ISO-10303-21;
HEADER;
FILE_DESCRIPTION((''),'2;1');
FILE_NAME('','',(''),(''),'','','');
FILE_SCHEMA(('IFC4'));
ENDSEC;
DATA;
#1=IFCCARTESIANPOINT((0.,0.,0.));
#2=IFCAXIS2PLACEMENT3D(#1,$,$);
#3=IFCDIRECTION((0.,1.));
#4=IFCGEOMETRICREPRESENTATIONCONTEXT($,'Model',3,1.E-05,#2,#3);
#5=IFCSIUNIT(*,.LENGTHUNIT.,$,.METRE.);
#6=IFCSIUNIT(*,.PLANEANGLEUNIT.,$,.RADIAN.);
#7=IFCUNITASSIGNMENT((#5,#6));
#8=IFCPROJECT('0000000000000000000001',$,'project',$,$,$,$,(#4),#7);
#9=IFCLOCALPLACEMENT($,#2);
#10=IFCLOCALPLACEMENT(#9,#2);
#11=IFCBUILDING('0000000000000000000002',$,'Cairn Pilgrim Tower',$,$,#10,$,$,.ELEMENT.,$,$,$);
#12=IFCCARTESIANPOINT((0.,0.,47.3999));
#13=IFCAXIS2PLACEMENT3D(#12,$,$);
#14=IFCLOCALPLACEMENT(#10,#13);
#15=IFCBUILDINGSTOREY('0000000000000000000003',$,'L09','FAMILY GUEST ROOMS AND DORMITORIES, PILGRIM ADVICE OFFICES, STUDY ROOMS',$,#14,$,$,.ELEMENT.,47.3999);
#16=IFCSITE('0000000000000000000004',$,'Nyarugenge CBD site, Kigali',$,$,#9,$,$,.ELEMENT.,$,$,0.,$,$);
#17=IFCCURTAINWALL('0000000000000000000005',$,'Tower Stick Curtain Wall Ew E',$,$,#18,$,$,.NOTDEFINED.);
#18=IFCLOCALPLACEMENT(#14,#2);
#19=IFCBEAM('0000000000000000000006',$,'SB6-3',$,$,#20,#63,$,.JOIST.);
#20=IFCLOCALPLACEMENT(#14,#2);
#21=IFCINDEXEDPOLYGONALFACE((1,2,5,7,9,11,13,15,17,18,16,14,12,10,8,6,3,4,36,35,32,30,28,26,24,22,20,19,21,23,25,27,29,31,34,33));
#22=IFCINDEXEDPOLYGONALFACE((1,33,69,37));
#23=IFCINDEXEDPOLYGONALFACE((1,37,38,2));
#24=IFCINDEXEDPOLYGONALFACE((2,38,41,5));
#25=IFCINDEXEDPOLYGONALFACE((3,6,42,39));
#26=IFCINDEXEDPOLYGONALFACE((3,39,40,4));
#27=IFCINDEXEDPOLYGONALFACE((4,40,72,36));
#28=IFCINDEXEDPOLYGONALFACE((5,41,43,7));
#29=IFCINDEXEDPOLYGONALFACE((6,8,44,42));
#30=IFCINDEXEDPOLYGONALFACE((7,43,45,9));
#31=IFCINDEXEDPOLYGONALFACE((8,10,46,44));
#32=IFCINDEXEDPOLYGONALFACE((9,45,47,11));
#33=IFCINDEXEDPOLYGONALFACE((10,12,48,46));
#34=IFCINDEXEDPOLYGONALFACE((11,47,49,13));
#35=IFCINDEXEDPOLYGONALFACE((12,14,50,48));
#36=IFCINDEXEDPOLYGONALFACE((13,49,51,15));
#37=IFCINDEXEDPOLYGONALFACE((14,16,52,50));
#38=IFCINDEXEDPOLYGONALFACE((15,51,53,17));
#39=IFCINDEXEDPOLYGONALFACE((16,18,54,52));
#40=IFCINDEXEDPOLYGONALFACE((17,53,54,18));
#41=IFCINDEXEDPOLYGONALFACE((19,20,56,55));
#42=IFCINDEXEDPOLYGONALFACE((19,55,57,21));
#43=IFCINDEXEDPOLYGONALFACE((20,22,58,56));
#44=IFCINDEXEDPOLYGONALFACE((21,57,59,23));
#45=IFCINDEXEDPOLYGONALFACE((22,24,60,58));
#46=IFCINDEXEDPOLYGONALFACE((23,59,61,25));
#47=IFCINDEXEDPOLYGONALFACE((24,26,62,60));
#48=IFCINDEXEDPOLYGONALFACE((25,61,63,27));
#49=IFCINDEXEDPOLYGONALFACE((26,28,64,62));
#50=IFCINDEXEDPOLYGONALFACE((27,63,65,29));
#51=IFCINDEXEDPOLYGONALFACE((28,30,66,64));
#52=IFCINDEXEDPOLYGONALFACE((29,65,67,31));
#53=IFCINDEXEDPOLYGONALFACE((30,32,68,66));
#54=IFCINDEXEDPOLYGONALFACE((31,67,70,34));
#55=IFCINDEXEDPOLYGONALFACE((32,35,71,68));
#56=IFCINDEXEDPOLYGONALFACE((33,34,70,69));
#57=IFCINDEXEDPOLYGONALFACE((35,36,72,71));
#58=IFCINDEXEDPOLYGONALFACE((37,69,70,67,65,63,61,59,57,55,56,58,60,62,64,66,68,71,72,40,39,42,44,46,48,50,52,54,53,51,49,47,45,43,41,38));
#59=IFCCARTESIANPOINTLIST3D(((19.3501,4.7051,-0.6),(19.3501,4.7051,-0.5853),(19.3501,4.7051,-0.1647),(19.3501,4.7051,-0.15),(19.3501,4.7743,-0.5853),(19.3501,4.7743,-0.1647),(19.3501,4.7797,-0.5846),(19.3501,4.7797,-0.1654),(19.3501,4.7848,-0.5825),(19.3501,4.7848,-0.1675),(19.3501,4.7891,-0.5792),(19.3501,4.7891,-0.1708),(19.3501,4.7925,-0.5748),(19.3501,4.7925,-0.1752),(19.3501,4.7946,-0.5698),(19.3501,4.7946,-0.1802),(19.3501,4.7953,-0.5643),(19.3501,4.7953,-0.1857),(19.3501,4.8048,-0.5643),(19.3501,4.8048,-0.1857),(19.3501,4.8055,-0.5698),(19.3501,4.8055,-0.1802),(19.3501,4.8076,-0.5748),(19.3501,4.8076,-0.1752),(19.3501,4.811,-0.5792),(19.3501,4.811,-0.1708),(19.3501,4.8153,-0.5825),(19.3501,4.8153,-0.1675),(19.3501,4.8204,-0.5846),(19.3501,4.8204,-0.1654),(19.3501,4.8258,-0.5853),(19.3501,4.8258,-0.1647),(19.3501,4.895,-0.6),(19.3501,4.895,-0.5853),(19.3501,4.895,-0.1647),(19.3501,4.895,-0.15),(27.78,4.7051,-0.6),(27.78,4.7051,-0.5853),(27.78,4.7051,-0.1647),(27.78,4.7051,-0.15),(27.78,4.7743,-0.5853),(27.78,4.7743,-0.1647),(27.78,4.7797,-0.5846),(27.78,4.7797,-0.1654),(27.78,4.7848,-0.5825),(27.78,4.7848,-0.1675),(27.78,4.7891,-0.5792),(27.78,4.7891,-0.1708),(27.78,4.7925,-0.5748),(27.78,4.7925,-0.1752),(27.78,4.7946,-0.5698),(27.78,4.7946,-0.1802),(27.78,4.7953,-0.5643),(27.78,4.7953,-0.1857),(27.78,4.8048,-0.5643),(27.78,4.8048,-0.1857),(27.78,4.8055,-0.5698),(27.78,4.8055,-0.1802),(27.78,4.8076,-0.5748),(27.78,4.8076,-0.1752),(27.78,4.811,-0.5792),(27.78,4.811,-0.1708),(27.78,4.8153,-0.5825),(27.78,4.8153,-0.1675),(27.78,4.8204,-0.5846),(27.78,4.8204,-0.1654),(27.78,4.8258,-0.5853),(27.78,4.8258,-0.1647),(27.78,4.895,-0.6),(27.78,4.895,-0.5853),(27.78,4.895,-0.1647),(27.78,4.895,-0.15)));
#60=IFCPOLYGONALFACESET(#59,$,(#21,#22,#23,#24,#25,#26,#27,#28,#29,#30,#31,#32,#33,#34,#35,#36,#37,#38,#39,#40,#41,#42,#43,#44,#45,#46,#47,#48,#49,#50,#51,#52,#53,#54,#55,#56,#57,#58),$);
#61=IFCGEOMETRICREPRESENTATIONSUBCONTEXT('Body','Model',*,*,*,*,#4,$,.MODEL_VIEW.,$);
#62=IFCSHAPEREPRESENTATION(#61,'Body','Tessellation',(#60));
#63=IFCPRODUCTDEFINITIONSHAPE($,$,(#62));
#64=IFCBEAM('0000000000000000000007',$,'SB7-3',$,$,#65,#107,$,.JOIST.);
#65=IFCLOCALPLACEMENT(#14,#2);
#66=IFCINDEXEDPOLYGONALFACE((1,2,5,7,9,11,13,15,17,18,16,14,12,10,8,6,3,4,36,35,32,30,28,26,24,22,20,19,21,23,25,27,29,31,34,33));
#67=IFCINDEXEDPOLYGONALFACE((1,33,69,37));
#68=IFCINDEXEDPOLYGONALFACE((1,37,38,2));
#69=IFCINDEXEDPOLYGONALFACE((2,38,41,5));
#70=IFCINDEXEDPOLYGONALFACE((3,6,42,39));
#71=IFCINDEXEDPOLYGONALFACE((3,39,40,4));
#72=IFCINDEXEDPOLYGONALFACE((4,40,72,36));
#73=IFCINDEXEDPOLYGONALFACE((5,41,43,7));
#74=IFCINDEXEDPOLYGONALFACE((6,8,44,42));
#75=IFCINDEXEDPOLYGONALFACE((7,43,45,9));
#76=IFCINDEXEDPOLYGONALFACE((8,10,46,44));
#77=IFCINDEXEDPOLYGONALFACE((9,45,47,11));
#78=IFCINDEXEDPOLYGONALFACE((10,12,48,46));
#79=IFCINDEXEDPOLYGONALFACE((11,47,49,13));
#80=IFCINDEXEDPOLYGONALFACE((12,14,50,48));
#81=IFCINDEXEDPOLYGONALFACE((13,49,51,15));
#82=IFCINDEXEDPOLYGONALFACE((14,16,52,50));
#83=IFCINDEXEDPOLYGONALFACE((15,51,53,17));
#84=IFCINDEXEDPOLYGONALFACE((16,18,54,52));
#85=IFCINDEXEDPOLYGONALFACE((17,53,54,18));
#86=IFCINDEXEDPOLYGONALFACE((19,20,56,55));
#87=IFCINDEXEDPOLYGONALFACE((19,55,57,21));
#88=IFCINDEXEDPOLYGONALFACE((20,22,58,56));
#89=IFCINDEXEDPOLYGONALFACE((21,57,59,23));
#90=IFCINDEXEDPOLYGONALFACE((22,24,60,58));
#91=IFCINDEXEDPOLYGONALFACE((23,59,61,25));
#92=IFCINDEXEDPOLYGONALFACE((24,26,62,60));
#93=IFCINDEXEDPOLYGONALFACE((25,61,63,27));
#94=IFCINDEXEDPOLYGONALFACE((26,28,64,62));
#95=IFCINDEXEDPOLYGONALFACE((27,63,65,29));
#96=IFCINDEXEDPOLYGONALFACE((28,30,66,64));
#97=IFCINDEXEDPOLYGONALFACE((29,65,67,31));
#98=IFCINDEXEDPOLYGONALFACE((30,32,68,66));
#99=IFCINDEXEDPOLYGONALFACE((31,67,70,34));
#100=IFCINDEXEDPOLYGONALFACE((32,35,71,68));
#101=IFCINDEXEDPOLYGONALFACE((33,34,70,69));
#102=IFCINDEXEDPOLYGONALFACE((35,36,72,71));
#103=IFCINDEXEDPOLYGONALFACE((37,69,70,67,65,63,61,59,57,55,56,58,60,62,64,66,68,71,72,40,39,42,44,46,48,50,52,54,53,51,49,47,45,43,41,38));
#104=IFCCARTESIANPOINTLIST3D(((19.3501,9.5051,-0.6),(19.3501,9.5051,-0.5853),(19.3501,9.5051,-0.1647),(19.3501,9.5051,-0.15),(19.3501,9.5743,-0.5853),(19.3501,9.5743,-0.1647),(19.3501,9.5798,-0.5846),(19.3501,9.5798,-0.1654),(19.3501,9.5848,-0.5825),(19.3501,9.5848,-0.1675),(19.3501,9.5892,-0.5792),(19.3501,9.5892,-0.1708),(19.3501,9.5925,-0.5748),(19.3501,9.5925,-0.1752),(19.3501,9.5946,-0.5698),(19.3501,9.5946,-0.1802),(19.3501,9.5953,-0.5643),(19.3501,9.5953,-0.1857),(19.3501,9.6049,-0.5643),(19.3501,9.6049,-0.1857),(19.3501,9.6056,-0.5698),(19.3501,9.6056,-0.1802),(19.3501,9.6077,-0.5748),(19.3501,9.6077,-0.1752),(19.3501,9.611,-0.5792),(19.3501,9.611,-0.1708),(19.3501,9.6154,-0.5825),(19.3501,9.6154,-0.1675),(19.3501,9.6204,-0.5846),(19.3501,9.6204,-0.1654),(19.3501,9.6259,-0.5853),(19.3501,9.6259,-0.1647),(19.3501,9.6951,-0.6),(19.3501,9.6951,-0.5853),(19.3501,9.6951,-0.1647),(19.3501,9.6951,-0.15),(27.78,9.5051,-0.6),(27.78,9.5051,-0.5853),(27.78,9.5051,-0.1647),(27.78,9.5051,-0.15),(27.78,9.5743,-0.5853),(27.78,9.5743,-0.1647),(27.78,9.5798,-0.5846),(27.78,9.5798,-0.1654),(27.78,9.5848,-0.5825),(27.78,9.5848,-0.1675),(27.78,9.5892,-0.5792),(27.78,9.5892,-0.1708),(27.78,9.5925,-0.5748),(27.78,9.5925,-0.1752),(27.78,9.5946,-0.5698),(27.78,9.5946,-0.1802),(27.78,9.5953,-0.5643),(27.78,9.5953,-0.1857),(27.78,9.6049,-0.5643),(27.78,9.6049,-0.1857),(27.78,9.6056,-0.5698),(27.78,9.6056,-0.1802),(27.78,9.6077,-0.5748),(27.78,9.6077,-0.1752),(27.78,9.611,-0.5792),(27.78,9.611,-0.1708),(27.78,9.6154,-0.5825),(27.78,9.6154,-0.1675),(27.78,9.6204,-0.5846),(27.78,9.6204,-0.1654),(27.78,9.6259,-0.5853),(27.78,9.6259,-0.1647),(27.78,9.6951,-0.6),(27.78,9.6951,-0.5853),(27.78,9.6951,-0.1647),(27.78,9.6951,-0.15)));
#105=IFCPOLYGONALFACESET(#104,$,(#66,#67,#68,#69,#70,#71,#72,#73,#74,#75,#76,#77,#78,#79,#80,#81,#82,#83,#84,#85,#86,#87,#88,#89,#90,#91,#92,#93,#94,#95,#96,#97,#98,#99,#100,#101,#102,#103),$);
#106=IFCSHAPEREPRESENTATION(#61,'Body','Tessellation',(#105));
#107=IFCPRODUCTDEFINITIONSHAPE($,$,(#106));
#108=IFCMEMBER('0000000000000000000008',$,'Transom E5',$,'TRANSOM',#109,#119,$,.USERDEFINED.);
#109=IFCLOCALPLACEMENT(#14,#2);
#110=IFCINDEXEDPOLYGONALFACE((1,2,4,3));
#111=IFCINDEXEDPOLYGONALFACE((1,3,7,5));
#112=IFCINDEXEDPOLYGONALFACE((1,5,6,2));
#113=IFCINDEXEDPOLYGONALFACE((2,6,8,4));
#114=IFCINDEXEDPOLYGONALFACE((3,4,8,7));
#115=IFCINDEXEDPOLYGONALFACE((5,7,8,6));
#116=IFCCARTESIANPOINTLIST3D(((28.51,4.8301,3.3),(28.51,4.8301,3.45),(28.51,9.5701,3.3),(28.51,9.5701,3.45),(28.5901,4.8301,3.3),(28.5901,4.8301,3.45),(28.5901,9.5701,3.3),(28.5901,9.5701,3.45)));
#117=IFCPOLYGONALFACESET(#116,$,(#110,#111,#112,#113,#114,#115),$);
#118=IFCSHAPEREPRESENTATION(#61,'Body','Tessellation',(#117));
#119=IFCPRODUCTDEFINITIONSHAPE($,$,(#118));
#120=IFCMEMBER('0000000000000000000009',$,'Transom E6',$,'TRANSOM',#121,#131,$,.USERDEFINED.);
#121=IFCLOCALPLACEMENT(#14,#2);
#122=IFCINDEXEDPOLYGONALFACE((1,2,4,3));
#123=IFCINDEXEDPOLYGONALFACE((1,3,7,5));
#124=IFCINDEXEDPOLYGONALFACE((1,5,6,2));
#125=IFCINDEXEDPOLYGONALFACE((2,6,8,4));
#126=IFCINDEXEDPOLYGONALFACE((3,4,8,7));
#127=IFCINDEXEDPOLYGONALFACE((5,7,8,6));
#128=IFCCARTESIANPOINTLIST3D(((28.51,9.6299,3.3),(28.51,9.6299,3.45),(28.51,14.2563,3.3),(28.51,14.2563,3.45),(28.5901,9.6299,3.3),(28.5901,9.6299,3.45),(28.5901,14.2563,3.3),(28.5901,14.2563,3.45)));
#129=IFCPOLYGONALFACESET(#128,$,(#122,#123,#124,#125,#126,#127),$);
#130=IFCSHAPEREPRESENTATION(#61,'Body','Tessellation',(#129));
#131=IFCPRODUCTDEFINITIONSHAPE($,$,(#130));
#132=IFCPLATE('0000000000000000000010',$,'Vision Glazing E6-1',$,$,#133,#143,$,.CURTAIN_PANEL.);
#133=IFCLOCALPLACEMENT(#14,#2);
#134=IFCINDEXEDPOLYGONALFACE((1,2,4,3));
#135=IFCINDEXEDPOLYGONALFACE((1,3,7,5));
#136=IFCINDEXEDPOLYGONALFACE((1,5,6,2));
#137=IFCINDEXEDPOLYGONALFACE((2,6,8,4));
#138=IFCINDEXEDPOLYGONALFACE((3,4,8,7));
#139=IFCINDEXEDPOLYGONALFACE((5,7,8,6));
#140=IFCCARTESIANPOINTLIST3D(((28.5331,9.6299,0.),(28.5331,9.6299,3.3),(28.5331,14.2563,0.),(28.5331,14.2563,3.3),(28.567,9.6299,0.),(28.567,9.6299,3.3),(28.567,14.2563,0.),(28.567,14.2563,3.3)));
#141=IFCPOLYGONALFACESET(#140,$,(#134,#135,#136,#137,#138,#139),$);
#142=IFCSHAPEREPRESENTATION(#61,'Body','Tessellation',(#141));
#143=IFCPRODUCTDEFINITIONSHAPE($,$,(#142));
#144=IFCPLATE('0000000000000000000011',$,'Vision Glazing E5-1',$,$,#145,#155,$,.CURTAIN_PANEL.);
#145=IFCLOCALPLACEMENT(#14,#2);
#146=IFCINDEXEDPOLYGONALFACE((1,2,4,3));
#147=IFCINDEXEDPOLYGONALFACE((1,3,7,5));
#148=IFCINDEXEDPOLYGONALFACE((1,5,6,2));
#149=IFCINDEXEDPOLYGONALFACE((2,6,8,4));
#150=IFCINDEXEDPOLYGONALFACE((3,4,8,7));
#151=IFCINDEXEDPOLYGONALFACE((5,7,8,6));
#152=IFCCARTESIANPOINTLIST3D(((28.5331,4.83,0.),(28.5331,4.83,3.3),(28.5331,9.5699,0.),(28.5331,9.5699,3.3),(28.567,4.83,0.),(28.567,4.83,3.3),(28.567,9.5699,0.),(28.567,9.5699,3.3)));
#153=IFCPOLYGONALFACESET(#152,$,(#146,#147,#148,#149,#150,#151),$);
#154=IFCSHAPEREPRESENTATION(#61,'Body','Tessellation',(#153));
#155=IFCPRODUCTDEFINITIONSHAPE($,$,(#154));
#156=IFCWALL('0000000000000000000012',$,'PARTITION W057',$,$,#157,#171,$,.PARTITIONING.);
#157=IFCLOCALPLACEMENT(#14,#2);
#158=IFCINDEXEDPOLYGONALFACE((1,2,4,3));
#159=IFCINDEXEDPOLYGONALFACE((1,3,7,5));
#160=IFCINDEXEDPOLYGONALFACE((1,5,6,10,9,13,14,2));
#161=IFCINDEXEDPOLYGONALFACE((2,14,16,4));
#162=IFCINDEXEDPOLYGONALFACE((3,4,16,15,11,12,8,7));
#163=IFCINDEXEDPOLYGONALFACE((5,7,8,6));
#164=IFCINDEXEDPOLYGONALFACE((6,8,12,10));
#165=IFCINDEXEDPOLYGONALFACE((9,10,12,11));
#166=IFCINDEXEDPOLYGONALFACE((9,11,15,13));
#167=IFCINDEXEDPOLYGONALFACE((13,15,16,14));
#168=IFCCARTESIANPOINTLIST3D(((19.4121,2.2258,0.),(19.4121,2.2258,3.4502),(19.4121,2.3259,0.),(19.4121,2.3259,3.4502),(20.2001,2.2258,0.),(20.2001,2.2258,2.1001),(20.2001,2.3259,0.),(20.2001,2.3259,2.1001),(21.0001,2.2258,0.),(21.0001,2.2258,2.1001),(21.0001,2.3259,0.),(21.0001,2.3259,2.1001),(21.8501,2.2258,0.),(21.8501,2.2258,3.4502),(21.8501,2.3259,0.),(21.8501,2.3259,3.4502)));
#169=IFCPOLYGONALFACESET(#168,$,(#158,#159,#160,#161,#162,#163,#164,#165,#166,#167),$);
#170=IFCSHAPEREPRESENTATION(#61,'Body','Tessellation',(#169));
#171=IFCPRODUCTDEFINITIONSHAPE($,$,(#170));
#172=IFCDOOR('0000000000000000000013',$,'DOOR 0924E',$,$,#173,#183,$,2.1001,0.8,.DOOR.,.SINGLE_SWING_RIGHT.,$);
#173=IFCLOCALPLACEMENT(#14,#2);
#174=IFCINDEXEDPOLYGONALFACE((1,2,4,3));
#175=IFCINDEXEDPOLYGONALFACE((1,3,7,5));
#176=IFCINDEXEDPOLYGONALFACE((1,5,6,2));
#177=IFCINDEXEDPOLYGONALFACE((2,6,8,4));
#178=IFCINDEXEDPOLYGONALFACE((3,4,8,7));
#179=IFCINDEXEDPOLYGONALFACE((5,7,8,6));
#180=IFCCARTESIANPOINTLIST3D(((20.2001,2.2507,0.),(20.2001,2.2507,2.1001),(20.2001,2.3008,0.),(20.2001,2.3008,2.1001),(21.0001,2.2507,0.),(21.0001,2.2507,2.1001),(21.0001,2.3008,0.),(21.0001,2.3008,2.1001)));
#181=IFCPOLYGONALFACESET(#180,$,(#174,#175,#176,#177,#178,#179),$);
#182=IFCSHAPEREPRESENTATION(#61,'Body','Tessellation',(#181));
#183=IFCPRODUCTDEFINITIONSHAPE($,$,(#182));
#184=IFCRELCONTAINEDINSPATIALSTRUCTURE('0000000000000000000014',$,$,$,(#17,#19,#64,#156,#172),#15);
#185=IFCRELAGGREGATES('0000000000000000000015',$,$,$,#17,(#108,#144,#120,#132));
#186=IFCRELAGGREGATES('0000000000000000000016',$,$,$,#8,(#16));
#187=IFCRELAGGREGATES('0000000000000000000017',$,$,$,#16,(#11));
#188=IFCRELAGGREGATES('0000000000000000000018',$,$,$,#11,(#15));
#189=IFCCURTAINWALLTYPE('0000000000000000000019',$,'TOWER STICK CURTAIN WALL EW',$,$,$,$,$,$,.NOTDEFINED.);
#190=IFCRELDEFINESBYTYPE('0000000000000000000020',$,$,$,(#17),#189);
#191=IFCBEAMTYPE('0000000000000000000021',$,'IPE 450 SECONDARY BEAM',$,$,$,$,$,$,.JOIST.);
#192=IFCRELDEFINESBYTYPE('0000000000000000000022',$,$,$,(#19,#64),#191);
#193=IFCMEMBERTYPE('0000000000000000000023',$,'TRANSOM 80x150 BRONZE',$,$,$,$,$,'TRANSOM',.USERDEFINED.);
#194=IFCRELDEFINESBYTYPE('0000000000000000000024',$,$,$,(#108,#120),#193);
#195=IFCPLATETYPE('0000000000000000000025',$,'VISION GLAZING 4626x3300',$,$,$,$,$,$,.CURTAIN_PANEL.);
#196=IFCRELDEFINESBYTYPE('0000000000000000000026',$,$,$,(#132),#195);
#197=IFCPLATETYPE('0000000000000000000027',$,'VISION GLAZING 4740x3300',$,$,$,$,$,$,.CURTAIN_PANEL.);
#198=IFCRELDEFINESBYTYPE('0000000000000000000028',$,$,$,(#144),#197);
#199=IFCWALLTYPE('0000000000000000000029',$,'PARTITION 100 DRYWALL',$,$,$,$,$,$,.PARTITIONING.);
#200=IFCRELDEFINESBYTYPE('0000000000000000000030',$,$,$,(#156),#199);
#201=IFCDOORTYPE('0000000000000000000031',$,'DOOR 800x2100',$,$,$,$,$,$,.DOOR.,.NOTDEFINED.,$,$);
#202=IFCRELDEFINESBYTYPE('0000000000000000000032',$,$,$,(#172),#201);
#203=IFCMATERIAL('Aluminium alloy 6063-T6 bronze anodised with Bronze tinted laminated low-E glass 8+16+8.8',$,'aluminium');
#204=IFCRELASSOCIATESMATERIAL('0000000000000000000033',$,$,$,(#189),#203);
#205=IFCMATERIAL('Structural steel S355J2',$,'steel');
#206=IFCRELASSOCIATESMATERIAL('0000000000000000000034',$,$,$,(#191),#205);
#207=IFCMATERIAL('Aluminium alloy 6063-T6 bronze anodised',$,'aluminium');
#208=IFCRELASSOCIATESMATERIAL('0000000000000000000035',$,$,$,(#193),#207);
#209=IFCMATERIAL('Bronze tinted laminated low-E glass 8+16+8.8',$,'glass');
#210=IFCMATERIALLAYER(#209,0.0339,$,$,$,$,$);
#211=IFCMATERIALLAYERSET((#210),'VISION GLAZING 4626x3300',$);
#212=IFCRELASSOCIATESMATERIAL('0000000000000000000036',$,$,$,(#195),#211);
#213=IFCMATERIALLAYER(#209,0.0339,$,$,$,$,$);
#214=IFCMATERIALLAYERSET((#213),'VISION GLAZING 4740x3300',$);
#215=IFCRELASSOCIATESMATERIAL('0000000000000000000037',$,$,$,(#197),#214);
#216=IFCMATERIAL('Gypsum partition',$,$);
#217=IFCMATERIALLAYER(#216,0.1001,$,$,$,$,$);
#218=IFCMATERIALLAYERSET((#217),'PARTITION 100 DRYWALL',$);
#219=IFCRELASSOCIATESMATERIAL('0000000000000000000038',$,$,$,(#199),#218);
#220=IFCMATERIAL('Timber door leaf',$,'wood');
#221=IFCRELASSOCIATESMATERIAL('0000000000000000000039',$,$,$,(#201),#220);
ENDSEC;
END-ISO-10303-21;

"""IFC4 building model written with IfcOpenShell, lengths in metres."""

from ifc_helpers import new_model, si_unit, direction, frame, frame_2d, origin, origin_2d, place, context, subcontext, project, spatial, rectangle, i_section, extrude, material, layer, layer_set, material_profile, profile_set, type_object, element, fill, aggregate, save


model = new_model("IFC4")

# Units and contexts
model_context = context("Model", 3, precision=1e-05, world=origin(), true_north=direction((0.0, 1.0)))
body_context = subcontext(model_context, "Body", "Model", "MODEL_VIEW")
ifc_project = project(units=[si_unit("LENGTHUNIT", "METRE"), si_unit("PLANEANGLEUNIT", "RADIAN")], contexts=[model_context])

# Site, building, storey
site_placement = place(None, origin())
site = spatial("IfcSite", under=ifc_project, at=site_placement, Name="Nyarugenge CBD site, Kigali", CompositionType="ELEMENT", RefElevation=0.0)
building_placement = place(site_placement, origin())
building = spatial("IfcBuilding", under=site, at=building_placement, Name="Cairn Pilgrim Tower", CompositionType="ELEMENT")
storey_placement = place(building_placement, frame((0.0, 0.0, 47.3999)))
storey = spatial("IfcBuildingStorey", under=building, at=storey_placement, Name="L09", Description="FAMILY GUEST ROOMS AND DORMITORIES, PILGRIM ADVICE OFFICES, STUDY ROOMS", CompositionType="ELEMENT", Elevation=47.3999)

# Curtain wall
ifc_material_1 = material(Name="Aluminium alloy 6063-T6 bronze anodised with Bronze tinted laminated low-E glass 8+16+8.8", Category="aluminium")
curtain_wall_type = type_object("IfcCurtainWallType", Name="TOWER STICK CURTAIN WALL EW", PredefinedType="NOTDEFINED", material=ifc_material_1)
curtain_wall_placement = place(storey_placement, origin())
curtain_wall = element("IfcCurtainWall", 1, at=curtain_wall_placement, inside=storey, type_object=curtain_wall_type, Name="Tower Stick Curtain Wall Ew E", PredefinedType="NOTDEFINED")
ifc_material_2 = material(Name="Aluminium alloy 6063-T6 bronze anodised", Category="aluminium")

# Beams
ifc_material_3 = material(Name="Structural steel S355J2", Category="steel")
ifc_material_profile_1 = material_profile(ifc_material_3, i_section(OverallWidth=0.1899, OverallDepth=0.45, WebThickness=0.0095, FlangeThickness=0.0146, FilletRadius=0.021, at=origin_2d()), Name="IPE 450")
ifc_profile_set_1 = profile_set([ifc_material_profile_1], Name="Structural steel S355J2")
beam_type_1 = type_object("IfcBeamType", Name="IPE 450 SECONDARY BEAM", PredefinedType="JOIST", material=ifc_profile_set_1)
for number, where, z_axis, x_axis, name in (
    (2, (19.3501, 4.8, -0.375), (1.0, 0.0, 0.0), (0.0, 1.0, 0.0), "SB6-3"),
    (3, (19.3501, 9.6001, -0.375), (1.0, 0.0, 0.0), (0.0, 1.0, 0.0), "SB7-3"),
):
    element("IfcBeam", number, at=place(storey_placement, frame(where, z_axis=z_axis, x_axis=x_axis)), inside=storey, type_object=beam_type_1, Name=name, PredefinedType="JOIST", context=body_context, shape_type="SweptSolid", body=[
        extrude(i_section(OverallWidth=0.1899, OverallDepth=0.45, WebThickness=0.0095, FlangeThickness=0.0146, FilletRadius=0.021, at=origin_2d()), origin(), (0.0, 0.0, 1.0), 8.4299),
    ])

# Members
ifc_material_profile_2 = material_profile(ifc_material_2, rectangle(XDim=0.0801, YDim=0.1499, at=origin_2d()), Name="TRANSOM 80x150 BRONZE")
ifc_profile_set_2 = profile_set([ifc_material_profile_2], Name="Aluminium alloy 6063-T6 bronze anodised")
member_type_1 = type_object("IfcMemberType", Name="TRANSOM 80x150 BRONZE", ElementType="TRANSOM", PredefinedType="USERDEFINED", material=ifc_profile_set_2)
member_1_placement = place(storey_placement, frame((28.55, 4.8301, 3.375), z_axis=(0.0, 1.0, 0.0), x_axis=(-1.0, 0.0, 0.0)))
member_1 = element("IfcMember", 4, at=member_1_placement, type_object=member_type_1, Name="Transom E5", ObjectType="TRANSOM", PredefinedType="USERDEFINED", context=body_context, shape_type="SweptSolid", body=[
    extrude(rectangle(XDim=0.0801, YDim=0.1499, at=origin_2d()), origin(), (0.0, 0.0, 1.0), 4.74),
])
member_2_placement = place(storey_placement, frame((28.55, 9.6299, 3.375), z_axis=(0.0, 1.0, 0.0), x_axis=(-1.0, 0.0, 0.0)))
member_2 = element("IfcMember", 5, at=member_2_placement, type_object=member_type_1, Name="Transom E6", ObjectType="TRANSOM", PredefinedType="USERDEFINED", context=body_context, shape_type="SweptSolid", body=[
    extrude(rectangle(XDim=0.0801, YDim=0.1499, at=origin_2d()), origin(), (0.0, 0.0, 1.0), 4.6265),
])

# Plates
ifc_material_4 = material(Name="Bronze tinted laminated low-E glass 8+16+8.8", Category="glass")
ifc_layer_1 = layer(ifc_material_4, 0.0339)
ifc_layer_set_1 = layer_set([ifc_layer_1], Name="VISION GLAZING 4626x3300")
plate_type_1 = type_object("IfcPlateType", Name="VISION GLAZING 4626x3300", PredefinedType="CURTAIN_PANEL", material=ifc_layer_set_1)
plate_1_placement = place(storey_placement, frame((28.55, 11.9431, 0.0), z_axis=(0.0, 0.0, 1.0), x_axis=(0.0, 1.0, 0.0)))
plate_1 = element("IfcPlate", 6, at=plate_1_placement, type_object=plate_type_1, Name="Vision Glazing E6-1", PredefinedType="CURTAIN_PANEL", context=body_context, shape_type="SweptSolid", body=[
    extrude(rectangle(XDim=4.6265, YDim=0.0339, at=origin_2d()), origin(), (0.0, 0.0, 1.0), 3.3),
])
ifc_layer_2 = layer(ifc_material_4, 0.0339)
ifc_layer_set_2 = layer_set([ifc_layer_2], Name="VISION GLAZING 4740x3300")
plate_type_2 = type_object("IfcPlateType", Name="VISION GLAZING 4740x3300", PredefinedType="CURTAIN_PANEL", material=ifc_layer_set_2)
plate_2_placement = place(storey_placement, frame((28.55, 7.2, 0.0), z_axis=(0.0, 0.0, 1.0), x_axis=(0.0, 1.0, 0.0)))
plate_2 = element("IfcPlate", 7, at=plate_2_placement, type_object=plate_type_2, Name="Vision Glazing E5-1", PredefinedType="CURTAIN_PANEL", context=body_context, shape_type="SweptSolid", body=[
    extrude(rectangle(XDim=4.74, YDim=0.0339, at=origin_2d()), origin(), (0.0, 0.0, 1.0), 3.3),
])
aggregate(curtain_wall, [member_1, plate_2, member_2, plate_1])

# Wall, opening, door
ifc_material_5 = material(Name="Gypsum partition")
ifc_layer_3 = layer(ifc_material_5, 0.1001)
ifc_layer_set_3 = layer_set([ifc_layer_3], Name="PARTITION 100 DRYWALL")
wall_type_1 = type_object("IfcWallType", Name="PARTITION 100 DRYWALL", PredefinedType="PARTITIONING", material=ifc_layer_set_3)
wall_1_placement = place(storey_placement, frame((19.4121, 2.2759, 0.0), z_axis=(0.0, 0.0, 1.0), x_axis=(1.0, 0.0, 0.0)))
wall_1 = element("IfcWall", 8, at=wall_1_placement, inside=storey, type_object=wall_type_1, Name="PARTITION W057", PredefinedType="PARTITIONING", context=body_context, shape_type="SweptSolid", body=[
    extrude(rectangle(XDim=2.438, YDim=0.1001, at=frame_2d((1.219, 0.0))), origin(), (0.0, 0.0, 1.0), 3.4502),
])
opening_1_placement = place(wall_1_placement, frame((0.7881, 0.0, 0.0)))
opening_1 = element("IfcOpeningElement", 9, at=opening_1_placement, cuts=wall_1, PredefinedType="OPENING", context=body_context, shape_type="SweptSolid", body=[
    extrude(rectangle(XDim=0.8, YDim=2.1001, at=frame_2d((0.3999, 1.05))), frame((0.0, 0.0601, 0.0), z_axis=(0.0, -1.0, 0.0), x_axis=(1.0, 0.0, 0.0)), (0.0, 0.0, 1.0), 0.1201),
])
ifc_material_6 = material(Name="Timber door leaf", Category="wood")
door_type_1 = type_object("IfcDoorType", Name="DOOR 800x2100", OperationType="NOTDEFINED", PredefinedType="DOOR", material=ifc_material_6)
door_1_placement = place(opening_1_placement, origin())
door_1 = element("IfcDoor", 10, at=door_1_placement, inside=storey, type_object=door_type_1, Name="DOOR 0924E", OperationType="SINGLE_SWING_RIGHT", OverallHeight=2.1001, OverallWidth=0.8, PredefinedType="DOOR", context=body_context, shape_type="SweptSolid", body=[
    extrude(rectangle(XDim=0.8, YDim=2.1001, at=frame_2d((0.3999, 1.05))), frame((0.0, 0.0249, 0.0), z_axis=(0.0, -1.0, 0.0), x_axis=(1.0, 0.0, 0.0)), (0.0, 0.0, 1.0), 0.05),
])
fill(opening_1, door_1)

save(model, "model.ifc")
